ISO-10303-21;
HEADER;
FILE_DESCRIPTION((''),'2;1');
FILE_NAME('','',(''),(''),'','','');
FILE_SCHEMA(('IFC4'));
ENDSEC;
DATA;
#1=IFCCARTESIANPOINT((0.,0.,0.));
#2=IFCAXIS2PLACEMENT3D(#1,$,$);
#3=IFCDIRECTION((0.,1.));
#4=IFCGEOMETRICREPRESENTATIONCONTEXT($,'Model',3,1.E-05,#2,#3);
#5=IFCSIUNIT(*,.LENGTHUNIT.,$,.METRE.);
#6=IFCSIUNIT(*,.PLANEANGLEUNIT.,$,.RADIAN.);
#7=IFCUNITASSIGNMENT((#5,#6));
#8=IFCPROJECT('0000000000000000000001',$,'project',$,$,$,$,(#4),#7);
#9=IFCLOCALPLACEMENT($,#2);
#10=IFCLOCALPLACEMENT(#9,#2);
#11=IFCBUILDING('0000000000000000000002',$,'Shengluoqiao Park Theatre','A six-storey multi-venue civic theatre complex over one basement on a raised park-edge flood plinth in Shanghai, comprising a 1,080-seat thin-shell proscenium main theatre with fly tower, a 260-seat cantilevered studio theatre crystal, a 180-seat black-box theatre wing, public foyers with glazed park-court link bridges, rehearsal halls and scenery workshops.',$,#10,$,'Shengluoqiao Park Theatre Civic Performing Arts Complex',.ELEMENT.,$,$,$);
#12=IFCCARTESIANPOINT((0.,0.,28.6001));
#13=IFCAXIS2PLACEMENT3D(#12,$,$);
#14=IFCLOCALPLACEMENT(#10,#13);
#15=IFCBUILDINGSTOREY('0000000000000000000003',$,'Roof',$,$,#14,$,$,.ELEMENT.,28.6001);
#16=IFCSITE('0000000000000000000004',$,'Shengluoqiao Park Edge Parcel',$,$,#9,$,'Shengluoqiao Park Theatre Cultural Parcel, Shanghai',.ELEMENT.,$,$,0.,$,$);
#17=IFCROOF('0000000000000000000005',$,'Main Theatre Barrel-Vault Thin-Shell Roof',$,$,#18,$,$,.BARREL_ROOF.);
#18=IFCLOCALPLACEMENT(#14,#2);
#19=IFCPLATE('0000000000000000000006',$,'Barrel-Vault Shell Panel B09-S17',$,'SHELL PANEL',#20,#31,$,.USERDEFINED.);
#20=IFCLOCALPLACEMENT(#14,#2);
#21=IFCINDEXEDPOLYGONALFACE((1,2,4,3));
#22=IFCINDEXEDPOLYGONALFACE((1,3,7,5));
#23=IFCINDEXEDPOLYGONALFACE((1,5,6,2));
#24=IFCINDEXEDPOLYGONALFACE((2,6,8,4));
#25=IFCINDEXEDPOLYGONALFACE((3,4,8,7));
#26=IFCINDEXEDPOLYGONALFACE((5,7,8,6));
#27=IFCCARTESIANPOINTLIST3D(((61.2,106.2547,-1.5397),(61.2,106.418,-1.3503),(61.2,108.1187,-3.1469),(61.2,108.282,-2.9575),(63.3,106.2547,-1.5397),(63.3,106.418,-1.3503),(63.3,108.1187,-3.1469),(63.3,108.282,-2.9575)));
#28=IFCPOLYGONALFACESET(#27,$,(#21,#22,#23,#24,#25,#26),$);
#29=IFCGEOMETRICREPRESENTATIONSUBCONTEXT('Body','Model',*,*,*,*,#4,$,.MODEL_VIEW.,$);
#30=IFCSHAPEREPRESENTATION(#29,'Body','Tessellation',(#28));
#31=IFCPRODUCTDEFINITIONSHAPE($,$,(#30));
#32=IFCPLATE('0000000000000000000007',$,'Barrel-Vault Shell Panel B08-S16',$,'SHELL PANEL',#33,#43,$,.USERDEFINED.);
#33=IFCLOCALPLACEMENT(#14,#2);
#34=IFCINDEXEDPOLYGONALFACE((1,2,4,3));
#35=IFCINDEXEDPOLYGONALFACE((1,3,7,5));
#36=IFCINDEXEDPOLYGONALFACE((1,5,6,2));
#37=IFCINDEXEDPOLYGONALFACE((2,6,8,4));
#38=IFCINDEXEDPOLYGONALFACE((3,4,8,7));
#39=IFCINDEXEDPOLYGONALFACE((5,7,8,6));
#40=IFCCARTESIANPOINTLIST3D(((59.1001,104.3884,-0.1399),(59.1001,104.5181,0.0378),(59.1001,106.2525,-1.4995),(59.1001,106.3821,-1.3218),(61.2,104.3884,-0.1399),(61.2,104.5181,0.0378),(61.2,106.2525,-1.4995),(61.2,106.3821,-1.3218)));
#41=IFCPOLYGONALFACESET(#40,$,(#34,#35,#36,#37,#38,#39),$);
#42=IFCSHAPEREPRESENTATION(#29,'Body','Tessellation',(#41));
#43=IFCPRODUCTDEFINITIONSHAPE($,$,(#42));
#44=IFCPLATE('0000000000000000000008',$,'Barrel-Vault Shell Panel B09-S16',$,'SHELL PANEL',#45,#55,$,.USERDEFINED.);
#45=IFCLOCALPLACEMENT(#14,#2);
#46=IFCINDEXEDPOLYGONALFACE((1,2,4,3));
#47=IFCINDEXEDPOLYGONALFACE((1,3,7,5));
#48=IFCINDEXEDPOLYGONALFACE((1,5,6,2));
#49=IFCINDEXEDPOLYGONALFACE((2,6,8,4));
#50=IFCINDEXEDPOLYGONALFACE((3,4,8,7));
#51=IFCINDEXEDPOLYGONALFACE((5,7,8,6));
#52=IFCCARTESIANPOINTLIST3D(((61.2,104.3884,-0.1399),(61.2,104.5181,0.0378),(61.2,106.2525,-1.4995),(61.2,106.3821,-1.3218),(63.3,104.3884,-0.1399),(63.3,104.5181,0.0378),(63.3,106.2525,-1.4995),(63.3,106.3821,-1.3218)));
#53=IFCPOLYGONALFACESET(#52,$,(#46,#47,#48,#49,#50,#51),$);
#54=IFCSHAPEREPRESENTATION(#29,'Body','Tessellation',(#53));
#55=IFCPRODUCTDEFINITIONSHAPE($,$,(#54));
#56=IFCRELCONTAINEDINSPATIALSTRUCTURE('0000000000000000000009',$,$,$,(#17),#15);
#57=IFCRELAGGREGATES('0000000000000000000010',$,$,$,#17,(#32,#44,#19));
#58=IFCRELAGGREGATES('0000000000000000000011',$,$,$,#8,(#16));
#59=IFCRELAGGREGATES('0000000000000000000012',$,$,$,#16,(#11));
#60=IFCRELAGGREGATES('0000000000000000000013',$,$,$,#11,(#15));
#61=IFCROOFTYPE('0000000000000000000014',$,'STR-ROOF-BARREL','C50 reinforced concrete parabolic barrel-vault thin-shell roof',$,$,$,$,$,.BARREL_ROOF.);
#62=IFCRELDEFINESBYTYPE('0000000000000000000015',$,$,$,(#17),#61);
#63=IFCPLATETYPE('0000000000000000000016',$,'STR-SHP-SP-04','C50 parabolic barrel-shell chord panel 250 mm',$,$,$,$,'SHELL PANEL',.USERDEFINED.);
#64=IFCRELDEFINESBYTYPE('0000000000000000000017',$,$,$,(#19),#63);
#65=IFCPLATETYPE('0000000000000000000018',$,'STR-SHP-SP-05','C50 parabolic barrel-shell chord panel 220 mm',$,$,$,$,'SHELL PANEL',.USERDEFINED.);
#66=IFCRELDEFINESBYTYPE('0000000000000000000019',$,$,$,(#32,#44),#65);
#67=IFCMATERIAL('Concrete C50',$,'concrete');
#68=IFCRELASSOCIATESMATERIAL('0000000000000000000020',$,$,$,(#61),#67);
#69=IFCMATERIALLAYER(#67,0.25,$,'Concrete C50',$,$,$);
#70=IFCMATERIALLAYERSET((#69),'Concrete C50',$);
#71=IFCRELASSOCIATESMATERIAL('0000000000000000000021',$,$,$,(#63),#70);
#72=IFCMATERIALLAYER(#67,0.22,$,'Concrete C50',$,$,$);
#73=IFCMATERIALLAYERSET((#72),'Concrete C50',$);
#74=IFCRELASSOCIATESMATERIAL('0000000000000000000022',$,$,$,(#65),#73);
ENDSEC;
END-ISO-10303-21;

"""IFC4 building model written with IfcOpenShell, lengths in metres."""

from ifc_helpers import new_model, si_unit, direction, frame, origin, place, context, subcontext, project, spatial, polyline, outline, extrude, material, layer, layer_set, type_object, element, aggregate, save


model = new_model("IFC4")

# Units and contexts
model_context = context("Model", 3, precision=1e-05, world=origin(), true_north=direction((0.0, 1.0)))
body_context = subcontext(model_context, "Body", "Model", "MODEL_VIEW")
ifc_project = project(units=[si_unit("LENGTHUNIT", "METRE"), si_unit("PLANEANGLEUNIT", "RADIAN")], contexts=[model_context])

# Site, building, storey
site_placement = place(None, origin())
site = spatial("IfcSite", under=ifc_project, at=site_placement, Name="Shengluoqiao Park Edge Parcel", LongName="Shengluoqiao Park Theatre Cultural Parcel, Shanghai", CompositionType="ELEMENT", RefElevation=0.0)
building_placement = place(site_placement, origin())
building = spatial("IfcBuilding", under=site, at=building_placement, Name="Shengluoqiao Park Theatre", Description="A six-storey multi-venue civic theatre complex over one basement on a raised park-edge flood plinth in Shanghai, comprising a 1,080-seat thin-shell proscenium main theatre with fly tower, a 260-seat cantilevered studio theatre crystal, a 180-seat black-box theatre wing, public foyers with glazed park-court link bridges, rehearsal halls and scenery workshops.", LongName="Shengluoqiao Park Theatre Civic Performing Arts Complex", CompositionType="ELEMENT")
storey_placement = place(building_placement, frame((0.0, 0.0, 28.6001)))
storey = spatial("IfcBuildingStorey", under=building, at=storey_placement, Name="Roof", CompositionType="ELEMENT", Elevation=28.6001)

# Shared definitions
ifc_material_1 = material(Name="Concrete C50", Category="concrete")

# Roof, plates
roof_type = type_object("IfcRoofType", Name="STR-ROOF-BARREL", Description="C50 reinforced concrete parabolic barrel-vault thin-shell roof", PredefinedType="BARREL_ROOF", material=ifc_material_1)
roof_placement = place(storey_placement, origin())
roof = element("IfcRoof", 1, at=roof_placement, inside=storey, type_object=roof_type, Name="Main Theatre Barrel-Vault Thin-Shell Roof", PredefinedType="BARREL_ROOF")
ifc_layer_1 = layer(ifc_material_1, 0.25, Name="Concrete C50")
ifc_layer_set_1 = layer_set([ifc_layer_1], Name="Concrete C50")
plate_type_1 = type_object("IfcPlateType", Name="STR-SHP-SP-04", Description="C50 parabolic barrel-shell chord panel 250 mm", ElementType="SHELL PANEL", PredefinedType="USERDEFINED", material=ifc_layer_set_1)
plate_1_placement = place(storey_placement, frame((61.2, 106.418, -1.3503), z_axis=(0.0, 0.653002, 0.757356), x_axis=(1.0, 0.0, 0.0)))
plate_1 = element("IfcPlate", 2, at=plate_1_placement, type_object=plate_type_1, Name="Barrel-Vault Shell Panel B09-S17", ObjectType="SHELL PANEL", PredefinedType="USERDEFINED", context=body_context, shape_type="SweptSolid", body=[
    extrude(outline(polyline([(0.0, 0.0), (2.1001, 0.0), (2.1001, 2.4612), (0.0, 2.4612), (0.0, 0.0)])), origin(), (0.0, 0.0, -1.0), 0.25),
])
ifc_layer_2 = layer(ifc_material_1, 0.22, Name="Concrete C50")
ifc_layer_set_2 = layer_set([ifc_layer_2], Name="Concrete C50")
plate_type_2 = type_object("IfcPlateType", Name="STR-SHP-SP-05", Description="C50 parabolic barrel-shell chord panel 220 mm", ElementType="SHELL PANEL", PredefinedType="USERDEFINED", material=ifc_layer_set_2)
plate_2_placement = place(storey_placement, frame((59.1001, 104.5181, 0.0378), z_axis=(0.0, 0.589297, 0.807916), x_axis=(1.0, 0.0, 0.0)))
plate_2 = element("IfcPlate", 3, at=plate_2_placement, type_object=plate_type_2, Name="Barrel-Vault Shell Panel B08-S16", ObjectType="SHELL PANEL", PredefinedType="USERDEFINED", context=body_context, shape_type="SweptSolid", body=[
    extrude(outline(polyline([(0.0, 0.0), (2.0999, 0.0), (2.0999, 2.3072), (0.0, 2.3072), (0.0, 0.0)])), origin(), (0.0, 0.0, -1.0), 0.22),
])
plate_3_placement = place(storey_placement, frame((61.2, 104.5181, 0.0378), z_axis=(0.0, 0.589297, 0.807916), x_axis=(1.0, 0.0, 0.0)))
plate_3 = element("IfcPlate", 4, at=plate_3_placement, type_object=plate_type_2, Name="Barrel-Vault Shell Panel B09-S16", ObjectType="SHELL PANEL", PredefinedType="USERDEFINED", context=body_context, shape_type="SweptSolid", body=[
    extrude(outline(polyline([(0.0, 0.0), (2.1001, 0.0), (2.1001, 2.3072), (0.0, 2.3072), (0.0, 0.0)])), origin(), (0.0, 0.0, -1.0), 0.22),
])
aggregate(roof, [plate_2, plate_3, plate_1])

save(model, "model.ifc")
